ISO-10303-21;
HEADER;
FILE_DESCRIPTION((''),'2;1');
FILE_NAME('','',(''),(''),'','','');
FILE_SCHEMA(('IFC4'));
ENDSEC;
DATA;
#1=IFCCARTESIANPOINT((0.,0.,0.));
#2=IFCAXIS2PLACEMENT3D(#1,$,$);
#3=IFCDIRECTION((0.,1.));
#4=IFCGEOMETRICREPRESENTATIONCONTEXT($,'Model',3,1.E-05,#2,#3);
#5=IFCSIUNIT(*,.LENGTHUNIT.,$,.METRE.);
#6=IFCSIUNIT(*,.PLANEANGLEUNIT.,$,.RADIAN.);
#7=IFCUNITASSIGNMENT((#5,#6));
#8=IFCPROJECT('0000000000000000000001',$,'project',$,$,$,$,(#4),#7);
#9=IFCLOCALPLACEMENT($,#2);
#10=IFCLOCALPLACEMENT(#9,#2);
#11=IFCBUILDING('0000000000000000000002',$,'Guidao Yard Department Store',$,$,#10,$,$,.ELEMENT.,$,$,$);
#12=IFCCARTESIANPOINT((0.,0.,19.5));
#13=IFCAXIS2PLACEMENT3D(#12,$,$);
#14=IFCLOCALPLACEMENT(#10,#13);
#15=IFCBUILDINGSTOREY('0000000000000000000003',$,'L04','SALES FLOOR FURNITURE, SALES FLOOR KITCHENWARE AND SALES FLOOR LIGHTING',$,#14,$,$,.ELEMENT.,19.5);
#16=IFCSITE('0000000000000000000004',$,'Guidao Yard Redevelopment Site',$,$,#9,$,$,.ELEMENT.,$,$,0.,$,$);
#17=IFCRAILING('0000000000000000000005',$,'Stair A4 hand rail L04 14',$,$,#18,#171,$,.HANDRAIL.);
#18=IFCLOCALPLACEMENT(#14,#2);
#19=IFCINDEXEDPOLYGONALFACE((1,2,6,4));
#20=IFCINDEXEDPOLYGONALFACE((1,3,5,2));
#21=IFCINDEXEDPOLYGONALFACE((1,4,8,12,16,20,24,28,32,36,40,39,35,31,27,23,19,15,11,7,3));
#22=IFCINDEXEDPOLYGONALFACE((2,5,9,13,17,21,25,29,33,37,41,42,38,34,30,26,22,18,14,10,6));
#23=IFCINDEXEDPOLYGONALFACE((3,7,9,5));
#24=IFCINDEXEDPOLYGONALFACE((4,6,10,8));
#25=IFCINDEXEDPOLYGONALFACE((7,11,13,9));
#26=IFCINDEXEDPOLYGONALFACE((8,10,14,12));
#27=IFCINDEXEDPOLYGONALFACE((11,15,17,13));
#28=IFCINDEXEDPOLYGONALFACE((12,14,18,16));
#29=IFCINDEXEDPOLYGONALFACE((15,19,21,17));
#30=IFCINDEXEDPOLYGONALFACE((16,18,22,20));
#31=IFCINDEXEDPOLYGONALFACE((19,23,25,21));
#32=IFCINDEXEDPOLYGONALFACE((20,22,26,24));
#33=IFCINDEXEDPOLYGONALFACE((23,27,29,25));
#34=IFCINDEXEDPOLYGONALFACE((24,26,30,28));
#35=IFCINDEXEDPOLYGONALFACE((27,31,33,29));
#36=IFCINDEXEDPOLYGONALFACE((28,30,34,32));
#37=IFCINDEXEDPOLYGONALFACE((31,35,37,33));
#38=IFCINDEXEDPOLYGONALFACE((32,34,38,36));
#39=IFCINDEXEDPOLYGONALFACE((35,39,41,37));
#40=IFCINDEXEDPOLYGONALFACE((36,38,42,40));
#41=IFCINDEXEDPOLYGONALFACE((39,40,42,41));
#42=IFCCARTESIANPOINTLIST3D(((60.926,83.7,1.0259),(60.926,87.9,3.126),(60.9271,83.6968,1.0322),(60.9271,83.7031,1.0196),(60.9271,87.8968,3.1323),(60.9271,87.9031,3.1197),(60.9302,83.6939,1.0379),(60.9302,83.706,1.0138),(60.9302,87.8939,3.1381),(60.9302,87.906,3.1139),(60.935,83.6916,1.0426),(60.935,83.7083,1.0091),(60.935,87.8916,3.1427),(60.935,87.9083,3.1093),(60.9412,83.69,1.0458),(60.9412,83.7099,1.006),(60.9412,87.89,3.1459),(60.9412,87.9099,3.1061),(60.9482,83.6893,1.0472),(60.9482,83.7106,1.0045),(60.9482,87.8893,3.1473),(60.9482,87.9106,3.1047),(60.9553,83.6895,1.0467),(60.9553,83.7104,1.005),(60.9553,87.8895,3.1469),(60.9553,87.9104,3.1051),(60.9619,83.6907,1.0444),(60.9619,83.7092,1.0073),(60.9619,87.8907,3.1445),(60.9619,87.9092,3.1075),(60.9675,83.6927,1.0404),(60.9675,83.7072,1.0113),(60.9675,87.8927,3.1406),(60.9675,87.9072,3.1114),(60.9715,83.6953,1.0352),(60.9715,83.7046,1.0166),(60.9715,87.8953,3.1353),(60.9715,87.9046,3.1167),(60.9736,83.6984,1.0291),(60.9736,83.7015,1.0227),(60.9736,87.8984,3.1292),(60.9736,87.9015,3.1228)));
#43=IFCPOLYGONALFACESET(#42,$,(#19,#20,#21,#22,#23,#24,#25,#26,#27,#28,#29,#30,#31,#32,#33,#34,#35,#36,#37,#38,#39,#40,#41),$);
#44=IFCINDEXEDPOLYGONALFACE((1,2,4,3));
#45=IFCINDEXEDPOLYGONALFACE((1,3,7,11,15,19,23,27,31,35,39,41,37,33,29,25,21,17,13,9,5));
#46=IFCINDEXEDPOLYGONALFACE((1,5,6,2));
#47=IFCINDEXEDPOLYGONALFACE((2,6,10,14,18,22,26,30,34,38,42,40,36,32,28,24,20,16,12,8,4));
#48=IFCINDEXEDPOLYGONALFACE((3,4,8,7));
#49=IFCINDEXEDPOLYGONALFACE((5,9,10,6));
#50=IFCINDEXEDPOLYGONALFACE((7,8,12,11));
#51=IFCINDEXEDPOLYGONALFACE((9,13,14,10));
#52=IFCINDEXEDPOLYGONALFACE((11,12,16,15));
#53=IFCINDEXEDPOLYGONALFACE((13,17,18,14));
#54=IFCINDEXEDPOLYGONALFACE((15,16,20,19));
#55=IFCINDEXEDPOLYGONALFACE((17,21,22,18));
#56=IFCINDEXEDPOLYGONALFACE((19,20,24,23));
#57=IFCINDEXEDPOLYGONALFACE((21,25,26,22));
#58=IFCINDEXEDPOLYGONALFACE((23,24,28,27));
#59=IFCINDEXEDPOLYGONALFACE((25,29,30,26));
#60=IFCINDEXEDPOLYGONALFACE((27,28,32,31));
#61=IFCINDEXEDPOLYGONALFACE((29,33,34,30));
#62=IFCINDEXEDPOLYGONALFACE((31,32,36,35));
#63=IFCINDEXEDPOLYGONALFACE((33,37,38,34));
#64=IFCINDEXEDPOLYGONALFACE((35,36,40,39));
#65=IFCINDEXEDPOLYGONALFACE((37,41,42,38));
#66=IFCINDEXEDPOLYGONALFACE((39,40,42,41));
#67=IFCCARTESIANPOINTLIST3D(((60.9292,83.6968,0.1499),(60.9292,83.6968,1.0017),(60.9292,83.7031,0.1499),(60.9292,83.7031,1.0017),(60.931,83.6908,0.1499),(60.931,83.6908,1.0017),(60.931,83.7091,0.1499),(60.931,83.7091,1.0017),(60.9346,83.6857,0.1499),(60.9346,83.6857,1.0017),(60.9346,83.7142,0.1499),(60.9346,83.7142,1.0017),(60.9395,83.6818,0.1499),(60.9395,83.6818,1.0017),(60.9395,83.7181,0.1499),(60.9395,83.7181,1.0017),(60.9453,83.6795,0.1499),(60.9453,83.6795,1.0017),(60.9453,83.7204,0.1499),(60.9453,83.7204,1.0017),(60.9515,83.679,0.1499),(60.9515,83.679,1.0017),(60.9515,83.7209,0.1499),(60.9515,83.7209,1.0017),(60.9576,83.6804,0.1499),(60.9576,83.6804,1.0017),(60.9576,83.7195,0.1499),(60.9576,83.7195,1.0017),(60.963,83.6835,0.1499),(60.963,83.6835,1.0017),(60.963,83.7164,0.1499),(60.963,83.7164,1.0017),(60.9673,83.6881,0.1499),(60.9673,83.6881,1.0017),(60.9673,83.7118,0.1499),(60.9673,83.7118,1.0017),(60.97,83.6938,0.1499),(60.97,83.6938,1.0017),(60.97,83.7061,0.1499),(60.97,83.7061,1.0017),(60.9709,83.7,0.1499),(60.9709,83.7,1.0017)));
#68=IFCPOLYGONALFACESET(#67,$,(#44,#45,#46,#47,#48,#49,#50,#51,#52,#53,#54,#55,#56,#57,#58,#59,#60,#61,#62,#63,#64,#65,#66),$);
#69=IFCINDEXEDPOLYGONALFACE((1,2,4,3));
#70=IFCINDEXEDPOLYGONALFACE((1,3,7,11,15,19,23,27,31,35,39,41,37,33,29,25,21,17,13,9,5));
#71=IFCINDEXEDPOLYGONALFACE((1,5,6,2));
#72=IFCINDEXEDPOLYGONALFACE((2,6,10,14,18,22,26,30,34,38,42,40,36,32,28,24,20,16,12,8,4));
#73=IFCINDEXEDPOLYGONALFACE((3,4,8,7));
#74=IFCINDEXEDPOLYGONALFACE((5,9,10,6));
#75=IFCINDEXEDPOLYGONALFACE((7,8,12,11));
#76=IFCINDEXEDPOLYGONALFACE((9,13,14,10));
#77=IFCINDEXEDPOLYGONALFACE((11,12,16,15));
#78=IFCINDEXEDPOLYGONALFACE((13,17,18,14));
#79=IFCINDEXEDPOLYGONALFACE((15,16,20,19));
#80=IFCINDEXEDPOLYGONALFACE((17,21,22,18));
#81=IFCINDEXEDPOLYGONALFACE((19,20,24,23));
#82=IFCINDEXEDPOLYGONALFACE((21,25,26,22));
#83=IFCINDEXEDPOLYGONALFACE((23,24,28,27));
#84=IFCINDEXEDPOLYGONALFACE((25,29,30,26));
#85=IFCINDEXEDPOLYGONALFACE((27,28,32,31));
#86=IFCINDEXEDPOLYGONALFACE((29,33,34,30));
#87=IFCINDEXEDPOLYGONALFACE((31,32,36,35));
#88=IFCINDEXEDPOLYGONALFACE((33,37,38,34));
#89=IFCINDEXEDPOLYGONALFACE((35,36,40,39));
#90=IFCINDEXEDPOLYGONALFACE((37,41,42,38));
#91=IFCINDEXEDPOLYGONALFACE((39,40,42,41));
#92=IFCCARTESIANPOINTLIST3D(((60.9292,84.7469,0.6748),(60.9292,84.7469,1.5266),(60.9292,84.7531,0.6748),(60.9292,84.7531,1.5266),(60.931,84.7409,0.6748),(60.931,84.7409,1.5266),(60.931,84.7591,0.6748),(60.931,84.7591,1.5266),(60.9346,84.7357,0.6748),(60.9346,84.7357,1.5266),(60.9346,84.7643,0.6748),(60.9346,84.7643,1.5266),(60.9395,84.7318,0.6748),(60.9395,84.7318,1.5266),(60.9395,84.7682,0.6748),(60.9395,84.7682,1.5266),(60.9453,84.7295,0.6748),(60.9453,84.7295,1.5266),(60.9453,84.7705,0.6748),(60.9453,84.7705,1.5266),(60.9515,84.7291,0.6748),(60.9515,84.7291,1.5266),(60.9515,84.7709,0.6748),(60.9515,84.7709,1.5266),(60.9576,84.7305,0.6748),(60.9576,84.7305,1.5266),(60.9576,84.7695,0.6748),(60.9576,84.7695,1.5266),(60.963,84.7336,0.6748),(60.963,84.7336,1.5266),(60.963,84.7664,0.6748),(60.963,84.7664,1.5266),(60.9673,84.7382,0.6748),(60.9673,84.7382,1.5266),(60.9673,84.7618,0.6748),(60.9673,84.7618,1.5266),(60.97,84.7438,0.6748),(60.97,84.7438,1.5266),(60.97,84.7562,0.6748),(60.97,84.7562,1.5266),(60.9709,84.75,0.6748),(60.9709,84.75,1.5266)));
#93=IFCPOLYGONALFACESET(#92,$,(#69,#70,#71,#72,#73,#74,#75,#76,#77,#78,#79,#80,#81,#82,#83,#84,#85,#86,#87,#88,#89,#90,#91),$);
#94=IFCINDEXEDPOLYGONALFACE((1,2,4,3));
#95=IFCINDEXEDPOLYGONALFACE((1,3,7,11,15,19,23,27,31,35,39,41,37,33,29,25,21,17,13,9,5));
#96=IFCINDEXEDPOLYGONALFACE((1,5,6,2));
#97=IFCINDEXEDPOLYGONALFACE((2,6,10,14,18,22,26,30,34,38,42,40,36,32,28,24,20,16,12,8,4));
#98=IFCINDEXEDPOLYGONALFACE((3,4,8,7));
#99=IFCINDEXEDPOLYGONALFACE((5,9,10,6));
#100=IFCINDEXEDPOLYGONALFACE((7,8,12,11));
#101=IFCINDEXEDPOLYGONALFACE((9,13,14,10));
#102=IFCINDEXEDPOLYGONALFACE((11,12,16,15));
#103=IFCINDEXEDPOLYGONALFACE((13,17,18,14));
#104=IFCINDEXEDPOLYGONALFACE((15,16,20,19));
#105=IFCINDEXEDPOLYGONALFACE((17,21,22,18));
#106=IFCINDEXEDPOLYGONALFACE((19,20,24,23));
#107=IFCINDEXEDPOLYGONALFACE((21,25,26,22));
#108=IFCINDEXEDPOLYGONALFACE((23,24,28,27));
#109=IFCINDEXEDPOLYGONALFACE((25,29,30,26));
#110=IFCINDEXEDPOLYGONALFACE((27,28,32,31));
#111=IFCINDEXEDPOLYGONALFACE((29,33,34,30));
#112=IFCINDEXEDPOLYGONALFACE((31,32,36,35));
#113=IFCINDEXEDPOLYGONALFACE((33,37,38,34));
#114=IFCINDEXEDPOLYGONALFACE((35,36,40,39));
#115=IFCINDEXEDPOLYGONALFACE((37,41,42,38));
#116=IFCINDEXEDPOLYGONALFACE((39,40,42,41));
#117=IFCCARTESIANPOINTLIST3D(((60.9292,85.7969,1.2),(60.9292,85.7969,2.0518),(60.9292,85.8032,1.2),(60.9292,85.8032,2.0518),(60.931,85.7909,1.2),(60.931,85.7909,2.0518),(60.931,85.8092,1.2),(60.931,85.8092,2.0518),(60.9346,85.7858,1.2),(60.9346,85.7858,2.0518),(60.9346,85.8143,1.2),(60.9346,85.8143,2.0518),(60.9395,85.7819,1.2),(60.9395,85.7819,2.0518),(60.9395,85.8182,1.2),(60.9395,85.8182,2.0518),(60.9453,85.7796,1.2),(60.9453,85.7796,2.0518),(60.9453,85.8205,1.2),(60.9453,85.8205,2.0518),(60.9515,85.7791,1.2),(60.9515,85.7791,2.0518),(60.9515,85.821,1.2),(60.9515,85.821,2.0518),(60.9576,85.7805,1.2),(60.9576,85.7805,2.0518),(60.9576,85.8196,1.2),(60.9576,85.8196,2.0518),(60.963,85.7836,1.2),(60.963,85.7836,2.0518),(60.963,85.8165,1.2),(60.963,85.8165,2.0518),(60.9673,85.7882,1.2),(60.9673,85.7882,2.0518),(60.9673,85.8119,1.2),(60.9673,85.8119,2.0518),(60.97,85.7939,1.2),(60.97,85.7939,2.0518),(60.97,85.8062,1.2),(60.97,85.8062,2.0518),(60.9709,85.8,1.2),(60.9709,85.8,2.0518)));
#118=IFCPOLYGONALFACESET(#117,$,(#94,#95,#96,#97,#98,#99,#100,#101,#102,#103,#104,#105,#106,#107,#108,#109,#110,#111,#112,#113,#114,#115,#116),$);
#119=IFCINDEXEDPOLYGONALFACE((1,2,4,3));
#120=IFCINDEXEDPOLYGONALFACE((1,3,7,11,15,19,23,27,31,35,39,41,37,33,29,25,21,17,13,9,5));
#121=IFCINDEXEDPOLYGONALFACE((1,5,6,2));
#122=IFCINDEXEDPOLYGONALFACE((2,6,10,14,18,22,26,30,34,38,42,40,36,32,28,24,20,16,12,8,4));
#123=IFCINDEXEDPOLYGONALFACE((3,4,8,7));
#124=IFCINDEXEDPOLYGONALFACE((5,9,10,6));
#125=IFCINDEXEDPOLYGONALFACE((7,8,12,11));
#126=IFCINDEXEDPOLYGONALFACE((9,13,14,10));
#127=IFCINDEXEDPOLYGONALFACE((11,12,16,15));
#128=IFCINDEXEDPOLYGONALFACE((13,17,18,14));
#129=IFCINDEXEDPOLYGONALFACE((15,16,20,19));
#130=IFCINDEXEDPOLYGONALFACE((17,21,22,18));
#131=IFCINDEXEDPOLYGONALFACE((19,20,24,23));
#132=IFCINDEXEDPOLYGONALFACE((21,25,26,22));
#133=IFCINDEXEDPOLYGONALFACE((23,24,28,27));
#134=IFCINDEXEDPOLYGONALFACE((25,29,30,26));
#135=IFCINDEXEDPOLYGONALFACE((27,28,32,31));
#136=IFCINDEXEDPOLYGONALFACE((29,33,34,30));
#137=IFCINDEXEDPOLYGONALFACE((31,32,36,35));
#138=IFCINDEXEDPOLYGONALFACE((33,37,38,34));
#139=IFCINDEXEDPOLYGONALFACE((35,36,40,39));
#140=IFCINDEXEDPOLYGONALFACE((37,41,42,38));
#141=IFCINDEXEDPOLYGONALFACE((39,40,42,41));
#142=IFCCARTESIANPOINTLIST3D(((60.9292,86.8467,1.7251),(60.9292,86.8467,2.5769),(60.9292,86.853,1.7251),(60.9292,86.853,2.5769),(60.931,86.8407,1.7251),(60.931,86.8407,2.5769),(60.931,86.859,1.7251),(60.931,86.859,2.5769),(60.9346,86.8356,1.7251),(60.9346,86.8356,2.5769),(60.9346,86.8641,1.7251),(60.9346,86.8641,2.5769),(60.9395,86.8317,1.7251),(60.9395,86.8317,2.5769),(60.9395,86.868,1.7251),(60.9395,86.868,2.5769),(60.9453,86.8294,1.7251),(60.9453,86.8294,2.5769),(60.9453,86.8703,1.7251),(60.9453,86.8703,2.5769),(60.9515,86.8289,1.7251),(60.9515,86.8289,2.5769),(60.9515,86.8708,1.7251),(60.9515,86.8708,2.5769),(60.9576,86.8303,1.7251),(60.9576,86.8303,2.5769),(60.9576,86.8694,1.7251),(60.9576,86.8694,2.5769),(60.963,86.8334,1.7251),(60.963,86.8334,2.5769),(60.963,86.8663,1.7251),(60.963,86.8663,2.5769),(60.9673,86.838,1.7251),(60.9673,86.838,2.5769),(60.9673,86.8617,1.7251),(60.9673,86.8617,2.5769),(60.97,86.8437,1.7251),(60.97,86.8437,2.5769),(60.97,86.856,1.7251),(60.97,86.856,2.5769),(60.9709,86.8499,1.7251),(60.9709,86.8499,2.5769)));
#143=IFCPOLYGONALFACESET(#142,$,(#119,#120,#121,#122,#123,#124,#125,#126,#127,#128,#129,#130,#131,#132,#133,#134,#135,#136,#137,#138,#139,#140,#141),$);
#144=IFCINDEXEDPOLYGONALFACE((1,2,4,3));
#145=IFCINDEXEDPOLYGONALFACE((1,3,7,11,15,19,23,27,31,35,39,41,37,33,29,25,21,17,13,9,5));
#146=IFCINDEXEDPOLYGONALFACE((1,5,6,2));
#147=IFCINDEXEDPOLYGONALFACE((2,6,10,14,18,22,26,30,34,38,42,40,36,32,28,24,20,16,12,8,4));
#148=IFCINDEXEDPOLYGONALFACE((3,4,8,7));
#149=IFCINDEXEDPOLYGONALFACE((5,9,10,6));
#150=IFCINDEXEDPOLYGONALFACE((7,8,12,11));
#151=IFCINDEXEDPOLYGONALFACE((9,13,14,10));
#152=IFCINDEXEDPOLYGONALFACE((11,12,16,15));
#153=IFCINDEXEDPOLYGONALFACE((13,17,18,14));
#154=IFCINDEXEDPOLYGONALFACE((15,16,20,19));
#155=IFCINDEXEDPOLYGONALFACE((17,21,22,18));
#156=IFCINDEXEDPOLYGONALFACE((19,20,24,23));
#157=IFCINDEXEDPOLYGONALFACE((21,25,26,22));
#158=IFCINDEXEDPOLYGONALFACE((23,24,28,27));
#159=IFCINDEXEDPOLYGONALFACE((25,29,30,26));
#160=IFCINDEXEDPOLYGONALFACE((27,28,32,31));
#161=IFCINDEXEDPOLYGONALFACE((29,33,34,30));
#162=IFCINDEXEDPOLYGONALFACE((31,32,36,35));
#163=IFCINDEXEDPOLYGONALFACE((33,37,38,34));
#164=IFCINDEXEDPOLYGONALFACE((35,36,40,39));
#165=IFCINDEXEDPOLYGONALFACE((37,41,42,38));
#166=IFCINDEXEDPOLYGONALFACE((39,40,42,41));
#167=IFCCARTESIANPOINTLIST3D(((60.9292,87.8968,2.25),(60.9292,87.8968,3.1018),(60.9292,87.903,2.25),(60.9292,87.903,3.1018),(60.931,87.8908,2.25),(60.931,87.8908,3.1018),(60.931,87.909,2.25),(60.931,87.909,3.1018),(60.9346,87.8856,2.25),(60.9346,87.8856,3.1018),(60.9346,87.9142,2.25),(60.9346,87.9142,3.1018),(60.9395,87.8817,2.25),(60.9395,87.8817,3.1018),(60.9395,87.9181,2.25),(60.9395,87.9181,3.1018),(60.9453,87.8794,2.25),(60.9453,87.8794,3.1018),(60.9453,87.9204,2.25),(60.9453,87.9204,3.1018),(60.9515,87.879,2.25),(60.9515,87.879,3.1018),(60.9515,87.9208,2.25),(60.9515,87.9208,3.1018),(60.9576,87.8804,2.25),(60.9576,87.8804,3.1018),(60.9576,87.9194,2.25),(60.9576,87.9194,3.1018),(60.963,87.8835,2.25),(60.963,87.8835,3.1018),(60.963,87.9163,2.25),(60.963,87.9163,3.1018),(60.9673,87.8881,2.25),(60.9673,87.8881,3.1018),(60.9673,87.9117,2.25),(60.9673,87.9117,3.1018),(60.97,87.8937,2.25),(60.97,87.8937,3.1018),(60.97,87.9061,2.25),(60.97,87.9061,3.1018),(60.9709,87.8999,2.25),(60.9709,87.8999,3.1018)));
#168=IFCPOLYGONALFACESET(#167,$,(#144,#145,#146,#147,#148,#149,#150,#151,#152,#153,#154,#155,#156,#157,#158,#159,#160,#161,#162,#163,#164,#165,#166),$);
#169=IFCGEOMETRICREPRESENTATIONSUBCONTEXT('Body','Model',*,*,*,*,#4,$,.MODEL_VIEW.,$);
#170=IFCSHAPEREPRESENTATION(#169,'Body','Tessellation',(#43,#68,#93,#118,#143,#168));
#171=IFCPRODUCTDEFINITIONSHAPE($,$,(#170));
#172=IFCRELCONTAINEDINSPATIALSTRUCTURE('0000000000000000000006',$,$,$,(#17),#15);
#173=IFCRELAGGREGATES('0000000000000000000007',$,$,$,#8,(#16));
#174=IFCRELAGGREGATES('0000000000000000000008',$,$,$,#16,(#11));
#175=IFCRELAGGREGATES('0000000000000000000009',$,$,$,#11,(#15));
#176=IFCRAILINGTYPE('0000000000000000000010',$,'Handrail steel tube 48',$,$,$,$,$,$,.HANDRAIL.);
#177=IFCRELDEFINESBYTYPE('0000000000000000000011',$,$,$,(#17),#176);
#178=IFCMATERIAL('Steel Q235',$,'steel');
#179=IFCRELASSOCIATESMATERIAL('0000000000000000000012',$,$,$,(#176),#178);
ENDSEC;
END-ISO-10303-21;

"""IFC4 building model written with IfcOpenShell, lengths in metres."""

from ifc_helpers import new_model, si_unit, direction, frame, origin, origin_2d, place, context, subcontext, project, spatial, circle, extrude, material, type_object, element, save


model = new_model("IFC4")

# Units and contexts
model_context = context("Model", 3, precision=1e-05, world=origin(), true_north=direction((0.0, 1.0)))
body_context = subcontext(model_context, "Body", "Model", "MODEL_VIEW")
ifc_project = project(units=[si_unit("LENGTHUNIT", "METRE"), si_unit("PLANEANGLEUNIT", "RADIAN")], contexts=[model_context])

# Site, building, storey
site_placement = place(None, origin())
site = spatial("IfcSite", under=ifc_project, at=site_placement, Name="Guidao Yard Redevelopment Site", CompositionType="ELEMENT", RefElevation=0.0)
building_placement = place(site_placement, origin())
building = spatial("IfcBuilding", under=site, at=building_placement, Name="Guidao Yard Department Store", CompositionType="ELEMENT")
storey_placement = place(building_placement, frame((0.0, 0.0, 19.5)))
storey = spatial("IfcBuildingStorey", under=building, at=storey_placement, Name="L04", Description="SALES FLOOR FURNITURE, SALES FLOOR KITCHENWARE AND SALES FLOOR LIGHTING", CompositionType="ELEMENT", Elevation=19.5)

# Railing
ifc_material_1 = material(Name="Steel Q235", Category="steel")
railing_type_1 = type_object("IfcRailingType", Name="Handrail steel tube 48", PredefinedType="HANDRAIL", material=ifc_material_1)
railing_1_placement = place(storey_placement, frame((60.95, 83.7, 0.1499)))
element("IfcRailing", 1, at=railing_1_placement, inside=storey, type_object=railing_type_1, Name="Stair A4 hand rail L04 14", PredefinedType="HANDRAIL", context=body_context, shape_type="SweptSolid", body=[
    extrude(circle(Radius=0.0239, at=origin_2d()), frame((0.0, 0.0, 0.876), z_axis=(0.0, 0.894417, 0.447234), x_axis=(-1.0, 0.0, 0.0)), (0.0, 0.0, 1.0), 4.6958),
    extrude(circle(Radius=0.021, at=origin_2d()), origin(), (0.0, 0.0, 1.0), 0.8518),
    extrude(circle(Radius=0.021, at=origin_2d()), frame((0.0, 1.05, 0.5249)), (0.0, 0.0, 1.0), 0.8518),
    extrude(circle(Radius=0.021, at=origin_2d()), frame((0.0, 2.1001, 1.05)), (0.0, 0.0, 1.0), 0.8518),
    extrude(circle(Radius=0.021, at=origin_2d()), frame((0.0, 3.1499, 1.5752)), (0.0, 0.0, 1.0), 0.8518),
    extrude(circle(Radius=0.021, at=origin_2d()), frame((0.0, 4.2, 2.1001)), (0.0, 0.0, 1.0), 0.8518),
])

save(model, "model.ifc")
